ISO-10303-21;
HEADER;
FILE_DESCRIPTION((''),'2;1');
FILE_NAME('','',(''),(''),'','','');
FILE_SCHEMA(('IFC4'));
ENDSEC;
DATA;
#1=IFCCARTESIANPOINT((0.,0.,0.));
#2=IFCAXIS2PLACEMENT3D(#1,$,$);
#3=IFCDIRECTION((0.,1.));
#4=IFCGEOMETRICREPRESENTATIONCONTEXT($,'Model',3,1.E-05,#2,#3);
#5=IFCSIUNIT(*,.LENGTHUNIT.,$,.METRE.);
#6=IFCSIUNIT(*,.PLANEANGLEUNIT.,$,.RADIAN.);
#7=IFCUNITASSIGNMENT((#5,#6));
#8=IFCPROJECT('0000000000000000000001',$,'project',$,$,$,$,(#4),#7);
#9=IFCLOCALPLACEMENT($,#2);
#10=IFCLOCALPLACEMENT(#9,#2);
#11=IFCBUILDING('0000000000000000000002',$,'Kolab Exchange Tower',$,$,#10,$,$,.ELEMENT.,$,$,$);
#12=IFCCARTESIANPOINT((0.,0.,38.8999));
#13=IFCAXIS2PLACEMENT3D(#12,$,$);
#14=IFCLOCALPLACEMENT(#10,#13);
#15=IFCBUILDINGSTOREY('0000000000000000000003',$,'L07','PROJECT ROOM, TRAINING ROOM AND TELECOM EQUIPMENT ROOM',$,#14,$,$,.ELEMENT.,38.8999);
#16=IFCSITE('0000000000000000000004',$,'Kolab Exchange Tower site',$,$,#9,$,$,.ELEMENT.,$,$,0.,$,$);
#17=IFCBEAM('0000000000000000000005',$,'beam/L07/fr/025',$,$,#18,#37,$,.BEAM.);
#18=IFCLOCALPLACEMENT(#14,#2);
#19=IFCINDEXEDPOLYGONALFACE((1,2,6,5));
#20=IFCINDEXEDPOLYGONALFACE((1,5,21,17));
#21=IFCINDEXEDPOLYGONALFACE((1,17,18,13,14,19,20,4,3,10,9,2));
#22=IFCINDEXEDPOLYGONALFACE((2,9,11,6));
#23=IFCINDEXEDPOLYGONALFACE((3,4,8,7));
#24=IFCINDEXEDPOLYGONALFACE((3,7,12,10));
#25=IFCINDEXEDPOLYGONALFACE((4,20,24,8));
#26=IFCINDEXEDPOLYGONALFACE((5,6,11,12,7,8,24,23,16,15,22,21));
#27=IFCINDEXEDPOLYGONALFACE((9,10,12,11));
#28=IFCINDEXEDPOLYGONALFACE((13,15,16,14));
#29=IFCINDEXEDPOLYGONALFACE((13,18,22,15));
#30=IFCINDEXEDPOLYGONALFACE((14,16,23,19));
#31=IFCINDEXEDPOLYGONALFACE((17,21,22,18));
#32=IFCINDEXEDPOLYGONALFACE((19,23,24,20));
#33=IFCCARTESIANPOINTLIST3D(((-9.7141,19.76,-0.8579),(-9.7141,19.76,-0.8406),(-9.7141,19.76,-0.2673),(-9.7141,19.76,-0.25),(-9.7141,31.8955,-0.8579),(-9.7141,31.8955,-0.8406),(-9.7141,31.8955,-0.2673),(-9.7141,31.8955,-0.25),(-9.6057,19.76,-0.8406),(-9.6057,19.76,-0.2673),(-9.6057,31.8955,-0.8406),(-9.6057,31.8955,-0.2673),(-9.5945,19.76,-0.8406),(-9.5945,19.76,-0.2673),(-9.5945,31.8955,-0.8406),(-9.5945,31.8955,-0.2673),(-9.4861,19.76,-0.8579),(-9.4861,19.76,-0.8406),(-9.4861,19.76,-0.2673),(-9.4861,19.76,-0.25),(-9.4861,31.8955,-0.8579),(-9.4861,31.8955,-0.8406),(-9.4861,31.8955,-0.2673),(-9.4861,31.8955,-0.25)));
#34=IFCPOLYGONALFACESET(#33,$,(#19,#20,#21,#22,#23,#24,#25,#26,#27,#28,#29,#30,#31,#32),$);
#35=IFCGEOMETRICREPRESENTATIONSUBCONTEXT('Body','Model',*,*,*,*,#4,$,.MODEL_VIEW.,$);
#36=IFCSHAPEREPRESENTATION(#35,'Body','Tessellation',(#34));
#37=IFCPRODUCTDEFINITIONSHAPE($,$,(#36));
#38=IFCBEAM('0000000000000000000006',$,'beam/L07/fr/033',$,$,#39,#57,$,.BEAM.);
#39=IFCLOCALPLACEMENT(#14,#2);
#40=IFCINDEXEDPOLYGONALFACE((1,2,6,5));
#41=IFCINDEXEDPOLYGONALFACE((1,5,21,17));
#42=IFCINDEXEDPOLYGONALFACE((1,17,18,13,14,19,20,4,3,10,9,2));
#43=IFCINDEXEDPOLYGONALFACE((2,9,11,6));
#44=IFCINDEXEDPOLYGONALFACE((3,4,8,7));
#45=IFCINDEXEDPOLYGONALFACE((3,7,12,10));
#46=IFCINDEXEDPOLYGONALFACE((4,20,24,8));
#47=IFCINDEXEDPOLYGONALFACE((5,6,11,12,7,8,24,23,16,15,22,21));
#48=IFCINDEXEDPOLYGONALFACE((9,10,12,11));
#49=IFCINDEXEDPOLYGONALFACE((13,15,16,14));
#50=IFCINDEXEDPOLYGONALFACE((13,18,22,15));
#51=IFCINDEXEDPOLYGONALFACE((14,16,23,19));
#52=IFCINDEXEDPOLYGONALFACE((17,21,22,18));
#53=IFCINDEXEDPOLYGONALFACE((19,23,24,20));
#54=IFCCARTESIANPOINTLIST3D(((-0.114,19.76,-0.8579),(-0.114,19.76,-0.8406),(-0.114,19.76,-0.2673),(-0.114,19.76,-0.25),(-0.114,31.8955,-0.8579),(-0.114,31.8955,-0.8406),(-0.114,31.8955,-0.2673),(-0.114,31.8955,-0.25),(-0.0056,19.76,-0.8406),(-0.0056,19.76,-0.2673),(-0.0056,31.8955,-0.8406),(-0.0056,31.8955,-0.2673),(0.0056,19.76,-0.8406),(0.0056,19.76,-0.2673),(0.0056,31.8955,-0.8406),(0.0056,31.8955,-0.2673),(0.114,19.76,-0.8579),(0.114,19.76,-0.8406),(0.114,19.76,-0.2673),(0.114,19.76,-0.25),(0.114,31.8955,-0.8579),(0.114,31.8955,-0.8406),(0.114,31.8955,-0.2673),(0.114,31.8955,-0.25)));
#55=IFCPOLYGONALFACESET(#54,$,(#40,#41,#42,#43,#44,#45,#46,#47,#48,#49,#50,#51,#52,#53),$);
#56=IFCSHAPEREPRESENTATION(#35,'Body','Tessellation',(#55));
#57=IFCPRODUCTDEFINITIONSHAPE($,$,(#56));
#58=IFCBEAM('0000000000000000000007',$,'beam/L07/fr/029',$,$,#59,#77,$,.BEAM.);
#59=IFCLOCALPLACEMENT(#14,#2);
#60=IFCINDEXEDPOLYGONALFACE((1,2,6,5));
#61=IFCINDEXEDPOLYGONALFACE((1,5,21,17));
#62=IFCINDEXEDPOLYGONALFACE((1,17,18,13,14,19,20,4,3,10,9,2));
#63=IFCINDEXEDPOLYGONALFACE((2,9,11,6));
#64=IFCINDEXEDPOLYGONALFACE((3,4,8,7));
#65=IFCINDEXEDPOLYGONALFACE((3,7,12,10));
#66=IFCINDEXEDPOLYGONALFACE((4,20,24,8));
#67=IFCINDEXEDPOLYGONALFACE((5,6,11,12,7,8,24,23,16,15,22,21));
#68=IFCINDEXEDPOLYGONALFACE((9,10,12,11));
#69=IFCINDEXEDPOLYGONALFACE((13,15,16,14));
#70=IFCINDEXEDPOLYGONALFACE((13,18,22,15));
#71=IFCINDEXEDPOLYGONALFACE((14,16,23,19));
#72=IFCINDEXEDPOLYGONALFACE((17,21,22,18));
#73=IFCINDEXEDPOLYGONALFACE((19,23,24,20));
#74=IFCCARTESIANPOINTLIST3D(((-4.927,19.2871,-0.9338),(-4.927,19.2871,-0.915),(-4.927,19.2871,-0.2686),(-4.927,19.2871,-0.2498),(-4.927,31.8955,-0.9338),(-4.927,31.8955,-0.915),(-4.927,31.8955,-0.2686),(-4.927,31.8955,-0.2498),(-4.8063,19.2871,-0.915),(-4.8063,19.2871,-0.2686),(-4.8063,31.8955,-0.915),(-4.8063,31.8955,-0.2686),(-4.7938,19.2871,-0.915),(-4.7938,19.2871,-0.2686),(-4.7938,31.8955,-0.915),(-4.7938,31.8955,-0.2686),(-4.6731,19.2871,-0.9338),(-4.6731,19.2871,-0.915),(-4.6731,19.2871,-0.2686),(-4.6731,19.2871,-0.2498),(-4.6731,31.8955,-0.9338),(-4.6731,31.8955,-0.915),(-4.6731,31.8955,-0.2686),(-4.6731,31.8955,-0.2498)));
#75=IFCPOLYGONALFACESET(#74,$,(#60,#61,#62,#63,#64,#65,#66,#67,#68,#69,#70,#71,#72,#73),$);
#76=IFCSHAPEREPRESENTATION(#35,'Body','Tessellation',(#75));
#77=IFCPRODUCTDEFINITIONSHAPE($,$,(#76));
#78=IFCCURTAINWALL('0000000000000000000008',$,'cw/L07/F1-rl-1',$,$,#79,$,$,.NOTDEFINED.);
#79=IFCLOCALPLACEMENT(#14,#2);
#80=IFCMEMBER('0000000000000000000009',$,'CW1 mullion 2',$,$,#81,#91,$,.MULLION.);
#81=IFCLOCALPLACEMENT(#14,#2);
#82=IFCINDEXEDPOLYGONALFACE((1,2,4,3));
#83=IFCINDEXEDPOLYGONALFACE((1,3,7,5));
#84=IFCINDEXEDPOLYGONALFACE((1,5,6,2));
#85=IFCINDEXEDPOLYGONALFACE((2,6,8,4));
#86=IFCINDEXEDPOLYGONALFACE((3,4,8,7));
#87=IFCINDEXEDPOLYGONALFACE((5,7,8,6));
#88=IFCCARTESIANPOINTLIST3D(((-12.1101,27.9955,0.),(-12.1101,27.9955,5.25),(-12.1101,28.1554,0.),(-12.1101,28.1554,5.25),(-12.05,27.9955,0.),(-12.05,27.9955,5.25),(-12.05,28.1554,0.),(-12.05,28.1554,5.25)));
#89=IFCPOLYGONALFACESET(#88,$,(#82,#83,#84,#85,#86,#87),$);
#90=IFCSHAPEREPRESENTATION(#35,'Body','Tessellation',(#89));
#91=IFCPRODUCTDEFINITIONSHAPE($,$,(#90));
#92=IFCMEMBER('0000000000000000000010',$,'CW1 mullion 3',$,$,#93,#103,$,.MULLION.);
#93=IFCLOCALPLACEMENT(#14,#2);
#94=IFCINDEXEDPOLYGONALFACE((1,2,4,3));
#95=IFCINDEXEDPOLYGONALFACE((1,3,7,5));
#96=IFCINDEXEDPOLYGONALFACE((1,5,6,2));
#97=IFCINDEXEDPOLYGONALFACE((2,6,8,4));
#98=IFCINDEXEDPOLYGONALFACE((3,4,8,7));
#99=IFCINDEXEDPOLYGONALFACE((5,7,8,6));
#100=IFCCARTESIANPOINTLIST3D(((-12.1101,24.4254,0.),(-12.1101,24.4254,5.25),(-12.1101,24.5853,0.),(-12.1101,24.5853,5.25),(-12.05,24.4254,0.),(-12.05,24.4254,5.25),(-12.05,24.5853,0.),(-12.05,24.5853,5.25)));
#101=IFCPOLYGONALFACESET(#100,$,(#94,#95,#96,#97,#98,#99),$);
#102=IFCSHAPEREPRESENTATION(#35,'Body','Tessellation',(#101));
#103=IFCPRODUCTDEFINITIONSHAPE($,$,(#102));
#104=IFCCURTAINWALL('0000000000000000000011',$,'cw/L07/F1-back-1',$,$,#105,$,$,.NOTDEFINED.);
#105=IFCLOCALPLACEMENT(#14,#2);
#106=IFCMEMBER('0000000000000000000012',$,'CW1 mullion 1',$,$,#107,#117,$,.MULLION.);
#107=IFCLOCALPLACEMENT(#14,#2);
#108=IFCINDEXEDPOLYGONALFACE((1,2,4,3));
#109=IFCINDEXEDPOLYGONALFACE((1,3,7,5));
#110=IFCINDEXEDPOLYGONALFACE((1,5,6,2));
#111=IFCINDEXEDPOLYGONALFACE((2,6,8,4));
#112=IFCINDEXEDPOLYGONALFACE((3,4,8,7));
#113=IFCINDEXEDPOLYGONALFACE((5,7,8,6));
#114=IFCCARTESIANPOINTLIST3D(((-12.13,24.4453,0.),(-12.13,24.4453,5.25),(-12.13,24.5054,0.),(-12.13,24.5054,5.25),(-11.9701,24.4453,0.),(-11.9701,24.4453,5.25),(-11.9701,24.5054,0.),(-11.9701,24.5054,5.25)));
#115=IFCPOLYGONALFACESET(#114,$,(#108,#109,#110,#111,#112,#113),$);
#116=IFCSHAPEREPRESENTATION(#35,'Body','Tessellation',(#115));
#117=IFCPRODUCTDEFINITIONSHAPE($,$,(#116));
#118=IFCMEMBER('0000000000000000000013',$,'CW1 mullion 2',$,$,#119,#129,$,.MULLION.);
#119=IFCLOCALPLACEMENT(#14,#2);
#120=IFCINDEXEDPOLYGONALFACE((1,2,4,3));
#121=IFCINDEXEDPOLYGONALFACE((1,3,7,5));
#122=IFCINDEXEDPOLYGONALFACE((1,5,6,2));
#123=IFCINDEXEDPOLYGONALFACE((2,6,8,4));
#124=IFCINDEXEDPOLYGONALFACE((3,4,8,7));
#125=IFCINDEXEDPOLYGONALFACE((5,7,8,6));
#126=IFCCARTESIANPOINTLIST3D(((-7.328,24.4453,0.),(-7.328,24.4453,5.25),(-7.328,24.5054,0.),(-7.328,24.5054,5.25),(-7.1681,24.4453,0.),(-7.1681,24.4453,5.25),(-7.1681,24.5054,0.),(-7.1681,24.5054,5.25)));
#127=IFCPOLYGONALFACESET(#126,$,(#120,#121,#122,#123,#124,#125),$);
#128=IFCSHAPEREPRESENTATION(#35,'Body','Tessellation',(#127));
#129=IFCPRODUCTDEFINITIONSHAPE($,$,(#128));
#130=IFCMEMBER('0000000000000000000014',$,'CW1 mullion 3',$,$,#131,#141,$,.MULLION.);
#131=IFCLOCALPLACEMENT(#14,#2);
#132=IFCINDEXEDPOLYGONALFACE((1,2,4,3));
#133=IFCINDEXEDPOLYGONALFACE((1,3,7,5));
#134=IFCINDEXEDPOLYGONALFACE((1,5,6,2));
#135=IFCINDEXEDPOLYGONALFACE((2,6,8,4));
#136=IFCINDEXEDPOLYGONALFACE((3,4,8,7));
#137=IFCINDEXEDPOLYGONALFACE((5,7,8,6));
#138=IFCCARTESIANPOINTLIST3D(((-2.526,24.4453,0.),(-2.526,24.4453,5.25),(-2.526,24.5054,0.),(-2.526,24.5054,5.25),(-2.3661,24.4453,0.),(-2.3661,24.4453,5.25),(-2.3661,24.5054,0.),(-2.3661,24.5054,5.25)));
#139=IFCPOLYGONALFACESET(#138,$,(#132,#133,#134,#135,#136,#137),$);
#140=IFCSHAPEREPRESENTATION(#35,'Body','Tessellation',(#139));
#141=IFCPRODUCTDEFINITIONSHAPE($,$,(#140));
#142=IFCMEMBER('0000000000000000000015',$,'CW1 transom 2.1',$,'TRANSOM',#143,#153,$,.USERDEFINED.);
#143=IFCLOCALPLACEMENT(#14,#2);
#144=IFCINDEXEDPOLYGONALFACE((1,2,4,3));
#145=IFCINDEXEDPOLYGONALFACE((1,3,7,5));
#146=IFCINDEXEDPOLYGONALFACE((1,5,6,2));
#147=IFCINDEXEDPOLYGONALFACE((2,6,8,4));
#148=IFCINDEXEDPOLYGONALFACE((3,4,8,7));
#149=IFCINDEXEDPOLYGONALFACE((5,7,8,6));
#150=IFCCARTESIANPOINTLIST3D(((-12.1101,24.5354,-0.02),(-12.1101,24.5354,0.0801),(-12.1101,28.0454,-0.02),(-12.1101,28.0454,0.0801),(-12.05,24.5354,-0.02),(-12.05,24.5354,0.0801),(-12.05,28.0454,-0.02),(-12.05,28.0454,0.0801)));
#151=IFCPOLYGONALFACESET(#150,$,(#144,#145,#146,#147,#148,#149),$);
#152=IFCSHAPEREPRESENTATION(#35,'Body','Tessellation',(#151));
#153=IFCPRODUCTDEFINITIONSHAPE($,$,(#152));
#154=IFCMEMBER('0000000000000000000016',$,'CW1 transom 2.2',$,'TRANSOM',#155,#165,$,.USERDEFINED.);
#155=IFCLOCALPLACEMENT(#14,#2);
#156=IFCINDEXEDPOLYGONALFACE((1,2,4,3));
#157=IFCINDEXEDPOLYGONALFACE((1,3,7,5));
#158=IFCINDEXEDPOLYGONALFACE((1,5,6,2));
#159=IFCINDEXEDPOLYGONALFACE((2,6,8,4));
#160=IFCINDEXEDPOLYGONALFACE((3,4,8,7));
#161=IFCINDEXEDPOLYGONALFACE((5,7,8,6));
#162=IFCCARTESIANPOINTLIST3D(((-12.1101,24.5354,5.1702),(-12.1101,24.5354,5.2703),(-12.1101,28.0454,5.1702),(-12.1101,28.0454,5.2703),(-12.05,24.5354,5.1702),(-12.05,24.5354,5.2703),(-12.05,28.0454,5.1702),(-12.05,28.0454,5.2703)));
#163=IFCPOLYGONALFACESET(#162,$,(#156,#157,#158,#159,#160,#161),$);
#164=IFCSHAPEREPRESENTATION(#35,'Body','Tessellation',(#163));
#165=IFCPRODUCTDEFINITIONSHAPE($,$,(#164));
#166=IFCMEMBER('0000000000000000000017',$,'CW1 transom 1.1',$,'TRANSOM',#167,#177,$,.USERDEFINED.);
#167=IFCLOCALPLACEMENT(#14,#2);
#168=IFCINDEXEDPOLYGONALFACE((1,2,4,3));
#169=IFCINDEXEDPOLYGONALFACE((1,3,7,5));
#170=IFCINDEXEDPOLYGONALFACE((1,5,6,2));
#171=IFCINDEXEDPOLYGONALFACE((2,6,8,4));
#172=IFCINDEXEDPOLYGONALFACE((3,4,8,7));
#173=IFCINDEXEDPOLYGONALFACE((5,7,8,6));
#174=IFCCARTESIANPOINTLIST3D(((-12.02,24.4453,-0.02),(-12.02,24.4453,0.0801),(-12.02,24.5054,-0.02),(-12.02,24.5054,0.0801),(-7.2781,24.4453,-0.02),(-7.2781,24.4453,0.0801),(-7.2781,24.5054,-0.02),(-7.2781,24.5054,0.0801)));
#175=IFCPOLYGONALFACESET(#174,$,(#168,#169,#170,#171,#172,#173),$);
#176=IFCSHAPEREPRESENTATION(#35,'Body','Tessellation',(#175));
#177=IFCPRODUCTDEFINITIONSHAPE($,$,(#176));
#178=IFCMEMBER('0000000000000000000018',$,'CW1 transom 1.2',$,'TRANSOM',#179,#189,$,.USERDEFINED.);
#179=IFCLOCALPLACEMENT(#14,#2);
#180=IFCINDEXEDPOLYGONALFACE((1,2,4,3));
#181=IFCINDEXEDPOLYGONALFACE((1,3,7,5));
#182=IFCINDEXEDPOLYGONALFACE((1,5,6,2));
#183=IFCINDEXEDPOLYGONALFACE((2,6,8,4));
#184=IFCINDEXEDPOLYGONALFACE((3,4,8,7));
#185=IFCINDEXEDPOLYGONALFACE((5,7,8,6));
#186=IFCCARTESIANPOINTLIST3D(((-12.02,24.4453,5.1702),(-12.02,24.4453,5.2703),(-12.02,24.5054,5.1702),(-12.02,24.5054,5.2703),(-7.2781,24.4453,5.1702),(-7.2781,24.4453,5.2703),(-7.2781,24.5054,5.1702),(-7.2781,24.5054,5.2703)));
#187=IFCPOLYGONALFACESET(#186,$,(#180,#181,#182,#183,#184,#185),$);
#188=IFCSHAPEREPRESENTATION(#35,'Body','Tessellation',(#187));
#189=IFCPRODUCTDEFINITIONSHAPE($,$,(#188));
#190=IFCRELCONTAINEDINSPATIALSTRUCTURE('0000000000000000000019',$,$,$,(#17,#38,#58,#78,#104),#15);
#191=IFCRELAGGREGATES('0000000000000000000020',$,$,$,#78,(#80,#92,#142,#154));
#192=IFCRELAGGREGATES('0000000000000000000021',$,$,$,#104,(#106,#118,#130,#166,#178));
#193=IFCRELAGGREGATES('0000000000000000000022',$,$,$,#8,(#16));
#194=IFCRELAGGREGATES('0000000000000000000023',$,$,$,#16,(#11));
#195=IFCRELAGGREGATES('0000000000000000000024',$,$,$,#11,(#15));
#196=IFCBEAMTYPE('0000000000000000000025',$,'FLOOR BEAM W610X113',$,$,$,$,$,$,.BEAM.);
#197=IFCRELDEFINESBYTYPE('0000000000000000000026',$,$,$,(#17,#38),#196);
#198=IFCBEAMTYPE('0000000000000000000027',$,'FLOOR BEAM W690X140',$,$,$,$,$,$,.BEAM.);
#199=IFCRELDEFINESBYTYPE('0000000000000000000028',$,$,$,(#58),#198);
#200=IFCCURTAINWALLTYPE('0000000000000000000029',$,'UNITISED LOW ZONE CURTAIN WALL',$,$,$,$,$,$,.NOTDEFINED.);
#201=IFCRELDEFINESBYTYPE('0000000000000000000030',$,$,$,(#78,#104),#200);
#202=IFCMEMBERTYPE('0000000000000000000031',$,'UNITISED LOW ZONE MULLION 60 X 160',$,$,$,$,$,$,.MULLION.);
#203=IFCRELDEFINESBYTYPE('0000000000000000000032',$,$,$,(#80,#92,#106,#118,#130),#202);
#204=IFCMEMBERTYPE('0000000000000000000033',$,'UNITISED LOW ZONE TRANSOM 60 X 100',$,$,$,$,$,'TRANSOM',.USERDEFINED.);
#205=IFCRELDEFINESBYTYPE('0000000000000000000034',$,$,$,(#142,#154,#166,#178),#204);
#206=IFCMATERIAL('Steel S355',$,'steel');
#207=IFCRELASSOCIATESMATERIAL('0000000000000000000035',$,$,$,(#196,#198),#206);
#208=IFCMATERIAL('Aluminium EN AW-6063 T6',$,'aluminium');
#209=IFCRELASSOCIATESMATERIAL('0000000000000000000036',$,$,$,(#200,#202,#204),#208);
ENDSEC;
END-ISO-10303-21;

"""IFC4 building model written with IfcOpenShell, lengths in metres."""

from ifc_helpers import new_model, si_unit, direction, frame, origin, origin_2d, place, context, subcontext, project, spatial, rectangle, i_section, extrude, material, material_profile, profile_set, type_object, element, aggregate, save


model = new_model("IFC4")

# Units and contexts
model_context = context("Model", 3, precision=1e-05, world=origin(), true_north=direction((0.0, 1.0)))
body_context = subcontext(model_context, "Body", "Model", "MODEL_VIEW")
ifc_project = project(units=[si_unit("LENGTHUNIT", "METRE"), si_unit("PLANEANGLEUNIT", "RADIAN")], contexts=[model_context])

# Site, building, storey
site_placement = place(None, origin())
site = spatial("IfcSite", under=ifc_project, at=site_placement, Name="Kolab Exchange Tower site", CompositionType="ELEMENT", RefElevation=0.0)
building_placement = place(site_placement, origin())
building = spatial("IfcBuilding", under=site, at=building_placement, Name="Kolab Exchange Tower", CompositionType="ELEMENT")
storey_placement = place(building_placement, frame((0.0, 0.0, 38.8999)))
storey = spatial("IfcBuildingStorey", under=building, at=storey_placement, Name="L07", Description="PROJECT ROOM, TRAINING ROOM AND TELECOM EQUIPMENT ROOM", CompositionType="ELEMENT", Elevation=38.8999)

# Beams
ifc_material_1 = material(Name="Steel S355", Category="steel")
ifc_material_profile_1 = material_profile(ifc_material_1, i_section(OverallWidth=0.228, OverallDepth=0.6079, WebThickness=0.0112, FlangeThickness=0.0173, at=origin_2d()), Name="W610X113")
ifc_profile_set_1 = profile_set([ifc_material_profile_1], Name="Steel S355")
beam_type_1 = type_object("IfcBeamType", Name="FLOOR BEAM W610X113", PredefinedType="BEAM", material=ifc_profile_set_1)
for number, where, z_axis, x_axis, name in (
    (1, (-9.6001, 19.76, -0.554), (0.0, 1.0, 0.0), (-1.0, 0.0, 0.0), "beam/L07/fr/025"),
    (2, (0.0, 19.76, -0.554), (0.0, 1.0, 0.0), (-1.0, 0.0, 0.0), "beam/L07/fr/033"),
):
    element("IfcBeam", number, at=place(storey_placement, frame(where, z_axis=z_axis, x_axis=x_axis)), inside=storey, type_object=beam_type_1, Name=name, PredefinedType="BEAM", context=body_context, shape_type="SweptSolid", body=[
        extrude(i_section(OverallWidth=0.228, OverallDepth=0.6079, WebThickness=0.0112, FlangeThickness=0.0173, at=origin_2d()), origin(), (0.0, 0.0, 1.0), 12.1355),
    ])
ifc_material_profile_2 = material_profile(ifc_material_1, i_section(OverallWidth=0.2539, OverallDepth=0.6841, WebThickness=0.0125, FlangeThickness=0.0188, at=origin_2d()), Name="W690X140")
ifc_profile_set_2 = profile_set([ifc_material_profile_2], Name="Steel S355")
beam_type_2 = type_object("IfcBeamType", Name="FLOOR BEAM W690X140", PredefinedType="BEAM", material=ifc_profile_set_2)
beam_placement = place(storey_placement, frame((-4.8, 19.2871, -0.5918), z_axis=(0.0, 1.0, 0.0), x_axis=(-1.0, 0.0, 0.0)))
element("IfcBeam", 3, at=beam_placement, inside=storey, type_object=beam_type_2, Name="beam/L07/fr/029", PredefinedType="BEAM", context=body_context, shape_type="SweptSolid", body=[
    extrude(i_section(OverallWidth=0.2539, OverallDepth=0.6841, WebThickness=0.0125, FlangeThickness=0.0188, at=origin_2d()), origin(), (0.0, 0.0, 1.0), 12.6084),
])

# Curtain walls, members
ifc_material_2 = material(Name="Aluminium EN AW-6063 T6", Category="aluminium")
curtain_wall_type = type_object("IfcCurtainWallType", Name="UNITISED LOW ZONE CURTAIN WALL", PredefinedType="NOTDEFINED", material=ifc_material_2)
curtain_wall_1_placement = place(storey_placement, origin())
curtain_wall_1 = element("IfcCurtainWall", 4, at=curtain_wall_1_placement, inside=storey, type_object=curtain_wall_type, Name="cw/L07/F1-rl-1", PredefinedType="NOTDEFINED")
ifc_material_profile_3 = material_profile(ifc_material_2, rectangle(XDim=0.0601, YDim=0.1599, at=origin_2d()), Name="RECT 60X160")
ifc_profile_set_3 = profile_set([ifc_material_profile_3], Name="Aluminium EN AW-6063 T6")
member_type_1 = type_object("IfcMemberType", Name="UNITISED LOW ZONE MULLION 60 X 160", PredefinedType="MULLION", material=ifc_profile_set_3)
member_1_placement = place(storey_placement, frame((-12.0801, 28.0754, 0.0), z_axis=(0.0, 0.0, 1.0), x_axis=(1.0, 0.0, 0.0)))
member_1 = element("IfcMember", 5, at=member_1_placement, type_object=member_type_1, Name="CW1 mullion 2", PredefinedType="MULLION", context=body_context, shape_type="SweptSolid", body=[
    extrude(rectangle(XDim=0.0601, YDim=0.1599, at=origin_2d()), origin(), (0.0, 0.0, 1.0), 5.25),
])
member_2_placement = place(storey_placement, frame((-12.0801, 24.5054, 0.0), z_axis=(0.0, 0.0, 1.0), x_axis=(1.0, 0.0, 0.0)))
member_2 = element("IfcMember", 6, at=member_2_placement, type_object=member_type_1, Name="CW1 mullion 3", PredefinedType="MULLION", context=body_context, shape_type="SweptSolid", body=[
    extrude(rectangle(XDim=0.0601, YDim=0.1599, at=origin_2d()), origin(), (0.0, 0.0, 1.0), 5.25),
])
curtain_wall_2_placement = place(storey_placement, origin())
curtain_wall_2 = element("IfcCurtainWall", 7, at=curtain_wall_2_placement, inside=storey, type_object=curtain_wall_type, Name="cw/L07/F1-back-1", PredefinedType="NOTDEFINED")
member_3_placement = place(storey_placement, frame((-12.05, 24.4753, 0.0), z_axis=(0.0, 0.0, 1.0), x_axis=(0.0, 1.0, 0.0)))
member_3 = element("IfcMember", 8, at=member_3_placement, type_object=member_type_1, Name="CW1 mullion 1", PredefinedType="MULLION", context=body_context, shape_type="SweptSolid", body=[
    extrude(rectangle(XDim=0.0601, YDim=0.1599, at=origin_2d()), origin(), (0.0, 0.0, 1.0), 5.25),
])
member_4_placement = place(storey_placement, frame((-7.248, 24.4753, 0.0), z_axis=(0.0, 0.0, 1.0), x_axis=(0.0, 1.0, 0.0)))
member_4 = element("IfcMember", 9, at=member_4_placement, type_object=member_type_1, Name="CW1 mullion 2", PredefinedType="MULLION", context=body_context, shape_type="SweptSolid", body=[
    extrude(rectangle(XDim=0.0601, YDim=0.1599, at=origin_2d()), origin(), (0.0, 0.0, 1.0), 5.25),
])
member_5_placement = place(storey_placement, frame((-2.446, 24.4753, 0.0), z_axis=(0.0, 0.0, 1.0), x_axis=(0.0, 1.0, 0.0)))
member_5 = element("IfcMember", 10, at=member_5_placement, type_object=member_type_1, Name="CW1 mullion 3", PredefinedType="MULLION", context=body_context, shape_type="SweptSolid", body=[
    extrude(rectangle(XDim=0.0601, YDim=0.1599, at=origin_2d()), origin(), (0.0, 0.0, 1.0), 5.25),
])

# Members
ifc_material_profile_4 = material_profile(ifc_material_2, rectangle(XDim=0.0601, YDim=0.1001, at=origin_2d()), Name="RECT 60X100")
ifc_profile_set_4 = profile_set([ifc_material_profile_4], Name="Aluminium EN AW-6063 T6")
member_type_2 = type_object("IfcMemberType", Name="UNITISED LOW ZONE TRANSOM 60 X 100", ElementType="TRANSOM", PredefinedType="USERDEFINED", material=ifc_profile_set_4)
member_6_placement = place(storey_placement, frame((-12.0801, 28.0454, 0.03), z_axis=(0.0, -1.0, 0.0), x_axis=(1.0, 0.0, 0.0)))
member_6 = element("IfcMember", 11, at=member_6_placement, type_object=member_type_2, Name="CW1 transom 2.1", ObjectType="TRANSOM", PredefinedType="USERDEFINED", context=body_context, shape_type="SweptSolid", body=[
    extrude(rectangle(XDim=0.0601, YDim=0.1001, at=origin_2d()), origin(), (0.0, 0.0, 1.0), 3.51),
])
member_7_placement = place(storey_placement, frame((-12.0801, 28.0454, 5.2202), z_axis=(0.0, -1.0, 0.0), x_axis=(1.0, 0.0, 0.0)))
member_7 = element("IfcMember", 12, at=member_7_placement, type_object=member_type_2, Name="CW1 transom 2.2", ObjectType="TRANSOM", PredefinedType="USERDEFINED", context=body_context, shape_type="SweptSolid", body=[
    extrude(rectangle(XDim=0.0601, YDim=0.1001, at=origin_2d()), origin(), (0.0, 0.0, 1.0), 3.51),
])
member_8_placement = place(storey_placement, frame((-12.02, 24.4753, 0.03), z_axis=(1.0, 0.0, 0.0), x_axis=(0.0, 1.0, 0.0)))
member_8 = element("IfcMember", 13, at=member_8_placement, type_object=member_type_2, Name="CW1 transom 1.1", ObjectType="TRANSOM", PredefinedType="USERDEFINED", context=body_context, shape_type="SweptSolid", body=[
    extrude(rectangle(XDim=0.0601, YDim=0.1001, at=origin_2d()), origin(), (0.0, 0.0, 1.0), 4.7419),
])
member_9_placement = place(storey_placement, frame((-12.02, 24.4753, 5.2202), z_axis=(1.0, 0.0, 0.0), x_axis=(0.0, 1.0, 0.0)))
member_9 = element("IfcMember", 14, at=member_9_placement, type_object=member_type_2, Name="CW1 transom 1.2", ObjectType="TRANSOM", PredefinedType="USERDEFINED", context=body_context, shape_type="SweptSolid", body=[
    extrude(rectangle(XDim=0.0601, YDim=0.1001, at=origin_2d()), origin(), (0.0, 0.0, 1.0), 4.7419),
])

aggregate(curtain_wall_1, [member_1, member_2, member_6, member_7])
aggregate(curtain_wall_2, [member_3, member_4, member_5, member_8, member_9])

save(model, "model.ifc")
